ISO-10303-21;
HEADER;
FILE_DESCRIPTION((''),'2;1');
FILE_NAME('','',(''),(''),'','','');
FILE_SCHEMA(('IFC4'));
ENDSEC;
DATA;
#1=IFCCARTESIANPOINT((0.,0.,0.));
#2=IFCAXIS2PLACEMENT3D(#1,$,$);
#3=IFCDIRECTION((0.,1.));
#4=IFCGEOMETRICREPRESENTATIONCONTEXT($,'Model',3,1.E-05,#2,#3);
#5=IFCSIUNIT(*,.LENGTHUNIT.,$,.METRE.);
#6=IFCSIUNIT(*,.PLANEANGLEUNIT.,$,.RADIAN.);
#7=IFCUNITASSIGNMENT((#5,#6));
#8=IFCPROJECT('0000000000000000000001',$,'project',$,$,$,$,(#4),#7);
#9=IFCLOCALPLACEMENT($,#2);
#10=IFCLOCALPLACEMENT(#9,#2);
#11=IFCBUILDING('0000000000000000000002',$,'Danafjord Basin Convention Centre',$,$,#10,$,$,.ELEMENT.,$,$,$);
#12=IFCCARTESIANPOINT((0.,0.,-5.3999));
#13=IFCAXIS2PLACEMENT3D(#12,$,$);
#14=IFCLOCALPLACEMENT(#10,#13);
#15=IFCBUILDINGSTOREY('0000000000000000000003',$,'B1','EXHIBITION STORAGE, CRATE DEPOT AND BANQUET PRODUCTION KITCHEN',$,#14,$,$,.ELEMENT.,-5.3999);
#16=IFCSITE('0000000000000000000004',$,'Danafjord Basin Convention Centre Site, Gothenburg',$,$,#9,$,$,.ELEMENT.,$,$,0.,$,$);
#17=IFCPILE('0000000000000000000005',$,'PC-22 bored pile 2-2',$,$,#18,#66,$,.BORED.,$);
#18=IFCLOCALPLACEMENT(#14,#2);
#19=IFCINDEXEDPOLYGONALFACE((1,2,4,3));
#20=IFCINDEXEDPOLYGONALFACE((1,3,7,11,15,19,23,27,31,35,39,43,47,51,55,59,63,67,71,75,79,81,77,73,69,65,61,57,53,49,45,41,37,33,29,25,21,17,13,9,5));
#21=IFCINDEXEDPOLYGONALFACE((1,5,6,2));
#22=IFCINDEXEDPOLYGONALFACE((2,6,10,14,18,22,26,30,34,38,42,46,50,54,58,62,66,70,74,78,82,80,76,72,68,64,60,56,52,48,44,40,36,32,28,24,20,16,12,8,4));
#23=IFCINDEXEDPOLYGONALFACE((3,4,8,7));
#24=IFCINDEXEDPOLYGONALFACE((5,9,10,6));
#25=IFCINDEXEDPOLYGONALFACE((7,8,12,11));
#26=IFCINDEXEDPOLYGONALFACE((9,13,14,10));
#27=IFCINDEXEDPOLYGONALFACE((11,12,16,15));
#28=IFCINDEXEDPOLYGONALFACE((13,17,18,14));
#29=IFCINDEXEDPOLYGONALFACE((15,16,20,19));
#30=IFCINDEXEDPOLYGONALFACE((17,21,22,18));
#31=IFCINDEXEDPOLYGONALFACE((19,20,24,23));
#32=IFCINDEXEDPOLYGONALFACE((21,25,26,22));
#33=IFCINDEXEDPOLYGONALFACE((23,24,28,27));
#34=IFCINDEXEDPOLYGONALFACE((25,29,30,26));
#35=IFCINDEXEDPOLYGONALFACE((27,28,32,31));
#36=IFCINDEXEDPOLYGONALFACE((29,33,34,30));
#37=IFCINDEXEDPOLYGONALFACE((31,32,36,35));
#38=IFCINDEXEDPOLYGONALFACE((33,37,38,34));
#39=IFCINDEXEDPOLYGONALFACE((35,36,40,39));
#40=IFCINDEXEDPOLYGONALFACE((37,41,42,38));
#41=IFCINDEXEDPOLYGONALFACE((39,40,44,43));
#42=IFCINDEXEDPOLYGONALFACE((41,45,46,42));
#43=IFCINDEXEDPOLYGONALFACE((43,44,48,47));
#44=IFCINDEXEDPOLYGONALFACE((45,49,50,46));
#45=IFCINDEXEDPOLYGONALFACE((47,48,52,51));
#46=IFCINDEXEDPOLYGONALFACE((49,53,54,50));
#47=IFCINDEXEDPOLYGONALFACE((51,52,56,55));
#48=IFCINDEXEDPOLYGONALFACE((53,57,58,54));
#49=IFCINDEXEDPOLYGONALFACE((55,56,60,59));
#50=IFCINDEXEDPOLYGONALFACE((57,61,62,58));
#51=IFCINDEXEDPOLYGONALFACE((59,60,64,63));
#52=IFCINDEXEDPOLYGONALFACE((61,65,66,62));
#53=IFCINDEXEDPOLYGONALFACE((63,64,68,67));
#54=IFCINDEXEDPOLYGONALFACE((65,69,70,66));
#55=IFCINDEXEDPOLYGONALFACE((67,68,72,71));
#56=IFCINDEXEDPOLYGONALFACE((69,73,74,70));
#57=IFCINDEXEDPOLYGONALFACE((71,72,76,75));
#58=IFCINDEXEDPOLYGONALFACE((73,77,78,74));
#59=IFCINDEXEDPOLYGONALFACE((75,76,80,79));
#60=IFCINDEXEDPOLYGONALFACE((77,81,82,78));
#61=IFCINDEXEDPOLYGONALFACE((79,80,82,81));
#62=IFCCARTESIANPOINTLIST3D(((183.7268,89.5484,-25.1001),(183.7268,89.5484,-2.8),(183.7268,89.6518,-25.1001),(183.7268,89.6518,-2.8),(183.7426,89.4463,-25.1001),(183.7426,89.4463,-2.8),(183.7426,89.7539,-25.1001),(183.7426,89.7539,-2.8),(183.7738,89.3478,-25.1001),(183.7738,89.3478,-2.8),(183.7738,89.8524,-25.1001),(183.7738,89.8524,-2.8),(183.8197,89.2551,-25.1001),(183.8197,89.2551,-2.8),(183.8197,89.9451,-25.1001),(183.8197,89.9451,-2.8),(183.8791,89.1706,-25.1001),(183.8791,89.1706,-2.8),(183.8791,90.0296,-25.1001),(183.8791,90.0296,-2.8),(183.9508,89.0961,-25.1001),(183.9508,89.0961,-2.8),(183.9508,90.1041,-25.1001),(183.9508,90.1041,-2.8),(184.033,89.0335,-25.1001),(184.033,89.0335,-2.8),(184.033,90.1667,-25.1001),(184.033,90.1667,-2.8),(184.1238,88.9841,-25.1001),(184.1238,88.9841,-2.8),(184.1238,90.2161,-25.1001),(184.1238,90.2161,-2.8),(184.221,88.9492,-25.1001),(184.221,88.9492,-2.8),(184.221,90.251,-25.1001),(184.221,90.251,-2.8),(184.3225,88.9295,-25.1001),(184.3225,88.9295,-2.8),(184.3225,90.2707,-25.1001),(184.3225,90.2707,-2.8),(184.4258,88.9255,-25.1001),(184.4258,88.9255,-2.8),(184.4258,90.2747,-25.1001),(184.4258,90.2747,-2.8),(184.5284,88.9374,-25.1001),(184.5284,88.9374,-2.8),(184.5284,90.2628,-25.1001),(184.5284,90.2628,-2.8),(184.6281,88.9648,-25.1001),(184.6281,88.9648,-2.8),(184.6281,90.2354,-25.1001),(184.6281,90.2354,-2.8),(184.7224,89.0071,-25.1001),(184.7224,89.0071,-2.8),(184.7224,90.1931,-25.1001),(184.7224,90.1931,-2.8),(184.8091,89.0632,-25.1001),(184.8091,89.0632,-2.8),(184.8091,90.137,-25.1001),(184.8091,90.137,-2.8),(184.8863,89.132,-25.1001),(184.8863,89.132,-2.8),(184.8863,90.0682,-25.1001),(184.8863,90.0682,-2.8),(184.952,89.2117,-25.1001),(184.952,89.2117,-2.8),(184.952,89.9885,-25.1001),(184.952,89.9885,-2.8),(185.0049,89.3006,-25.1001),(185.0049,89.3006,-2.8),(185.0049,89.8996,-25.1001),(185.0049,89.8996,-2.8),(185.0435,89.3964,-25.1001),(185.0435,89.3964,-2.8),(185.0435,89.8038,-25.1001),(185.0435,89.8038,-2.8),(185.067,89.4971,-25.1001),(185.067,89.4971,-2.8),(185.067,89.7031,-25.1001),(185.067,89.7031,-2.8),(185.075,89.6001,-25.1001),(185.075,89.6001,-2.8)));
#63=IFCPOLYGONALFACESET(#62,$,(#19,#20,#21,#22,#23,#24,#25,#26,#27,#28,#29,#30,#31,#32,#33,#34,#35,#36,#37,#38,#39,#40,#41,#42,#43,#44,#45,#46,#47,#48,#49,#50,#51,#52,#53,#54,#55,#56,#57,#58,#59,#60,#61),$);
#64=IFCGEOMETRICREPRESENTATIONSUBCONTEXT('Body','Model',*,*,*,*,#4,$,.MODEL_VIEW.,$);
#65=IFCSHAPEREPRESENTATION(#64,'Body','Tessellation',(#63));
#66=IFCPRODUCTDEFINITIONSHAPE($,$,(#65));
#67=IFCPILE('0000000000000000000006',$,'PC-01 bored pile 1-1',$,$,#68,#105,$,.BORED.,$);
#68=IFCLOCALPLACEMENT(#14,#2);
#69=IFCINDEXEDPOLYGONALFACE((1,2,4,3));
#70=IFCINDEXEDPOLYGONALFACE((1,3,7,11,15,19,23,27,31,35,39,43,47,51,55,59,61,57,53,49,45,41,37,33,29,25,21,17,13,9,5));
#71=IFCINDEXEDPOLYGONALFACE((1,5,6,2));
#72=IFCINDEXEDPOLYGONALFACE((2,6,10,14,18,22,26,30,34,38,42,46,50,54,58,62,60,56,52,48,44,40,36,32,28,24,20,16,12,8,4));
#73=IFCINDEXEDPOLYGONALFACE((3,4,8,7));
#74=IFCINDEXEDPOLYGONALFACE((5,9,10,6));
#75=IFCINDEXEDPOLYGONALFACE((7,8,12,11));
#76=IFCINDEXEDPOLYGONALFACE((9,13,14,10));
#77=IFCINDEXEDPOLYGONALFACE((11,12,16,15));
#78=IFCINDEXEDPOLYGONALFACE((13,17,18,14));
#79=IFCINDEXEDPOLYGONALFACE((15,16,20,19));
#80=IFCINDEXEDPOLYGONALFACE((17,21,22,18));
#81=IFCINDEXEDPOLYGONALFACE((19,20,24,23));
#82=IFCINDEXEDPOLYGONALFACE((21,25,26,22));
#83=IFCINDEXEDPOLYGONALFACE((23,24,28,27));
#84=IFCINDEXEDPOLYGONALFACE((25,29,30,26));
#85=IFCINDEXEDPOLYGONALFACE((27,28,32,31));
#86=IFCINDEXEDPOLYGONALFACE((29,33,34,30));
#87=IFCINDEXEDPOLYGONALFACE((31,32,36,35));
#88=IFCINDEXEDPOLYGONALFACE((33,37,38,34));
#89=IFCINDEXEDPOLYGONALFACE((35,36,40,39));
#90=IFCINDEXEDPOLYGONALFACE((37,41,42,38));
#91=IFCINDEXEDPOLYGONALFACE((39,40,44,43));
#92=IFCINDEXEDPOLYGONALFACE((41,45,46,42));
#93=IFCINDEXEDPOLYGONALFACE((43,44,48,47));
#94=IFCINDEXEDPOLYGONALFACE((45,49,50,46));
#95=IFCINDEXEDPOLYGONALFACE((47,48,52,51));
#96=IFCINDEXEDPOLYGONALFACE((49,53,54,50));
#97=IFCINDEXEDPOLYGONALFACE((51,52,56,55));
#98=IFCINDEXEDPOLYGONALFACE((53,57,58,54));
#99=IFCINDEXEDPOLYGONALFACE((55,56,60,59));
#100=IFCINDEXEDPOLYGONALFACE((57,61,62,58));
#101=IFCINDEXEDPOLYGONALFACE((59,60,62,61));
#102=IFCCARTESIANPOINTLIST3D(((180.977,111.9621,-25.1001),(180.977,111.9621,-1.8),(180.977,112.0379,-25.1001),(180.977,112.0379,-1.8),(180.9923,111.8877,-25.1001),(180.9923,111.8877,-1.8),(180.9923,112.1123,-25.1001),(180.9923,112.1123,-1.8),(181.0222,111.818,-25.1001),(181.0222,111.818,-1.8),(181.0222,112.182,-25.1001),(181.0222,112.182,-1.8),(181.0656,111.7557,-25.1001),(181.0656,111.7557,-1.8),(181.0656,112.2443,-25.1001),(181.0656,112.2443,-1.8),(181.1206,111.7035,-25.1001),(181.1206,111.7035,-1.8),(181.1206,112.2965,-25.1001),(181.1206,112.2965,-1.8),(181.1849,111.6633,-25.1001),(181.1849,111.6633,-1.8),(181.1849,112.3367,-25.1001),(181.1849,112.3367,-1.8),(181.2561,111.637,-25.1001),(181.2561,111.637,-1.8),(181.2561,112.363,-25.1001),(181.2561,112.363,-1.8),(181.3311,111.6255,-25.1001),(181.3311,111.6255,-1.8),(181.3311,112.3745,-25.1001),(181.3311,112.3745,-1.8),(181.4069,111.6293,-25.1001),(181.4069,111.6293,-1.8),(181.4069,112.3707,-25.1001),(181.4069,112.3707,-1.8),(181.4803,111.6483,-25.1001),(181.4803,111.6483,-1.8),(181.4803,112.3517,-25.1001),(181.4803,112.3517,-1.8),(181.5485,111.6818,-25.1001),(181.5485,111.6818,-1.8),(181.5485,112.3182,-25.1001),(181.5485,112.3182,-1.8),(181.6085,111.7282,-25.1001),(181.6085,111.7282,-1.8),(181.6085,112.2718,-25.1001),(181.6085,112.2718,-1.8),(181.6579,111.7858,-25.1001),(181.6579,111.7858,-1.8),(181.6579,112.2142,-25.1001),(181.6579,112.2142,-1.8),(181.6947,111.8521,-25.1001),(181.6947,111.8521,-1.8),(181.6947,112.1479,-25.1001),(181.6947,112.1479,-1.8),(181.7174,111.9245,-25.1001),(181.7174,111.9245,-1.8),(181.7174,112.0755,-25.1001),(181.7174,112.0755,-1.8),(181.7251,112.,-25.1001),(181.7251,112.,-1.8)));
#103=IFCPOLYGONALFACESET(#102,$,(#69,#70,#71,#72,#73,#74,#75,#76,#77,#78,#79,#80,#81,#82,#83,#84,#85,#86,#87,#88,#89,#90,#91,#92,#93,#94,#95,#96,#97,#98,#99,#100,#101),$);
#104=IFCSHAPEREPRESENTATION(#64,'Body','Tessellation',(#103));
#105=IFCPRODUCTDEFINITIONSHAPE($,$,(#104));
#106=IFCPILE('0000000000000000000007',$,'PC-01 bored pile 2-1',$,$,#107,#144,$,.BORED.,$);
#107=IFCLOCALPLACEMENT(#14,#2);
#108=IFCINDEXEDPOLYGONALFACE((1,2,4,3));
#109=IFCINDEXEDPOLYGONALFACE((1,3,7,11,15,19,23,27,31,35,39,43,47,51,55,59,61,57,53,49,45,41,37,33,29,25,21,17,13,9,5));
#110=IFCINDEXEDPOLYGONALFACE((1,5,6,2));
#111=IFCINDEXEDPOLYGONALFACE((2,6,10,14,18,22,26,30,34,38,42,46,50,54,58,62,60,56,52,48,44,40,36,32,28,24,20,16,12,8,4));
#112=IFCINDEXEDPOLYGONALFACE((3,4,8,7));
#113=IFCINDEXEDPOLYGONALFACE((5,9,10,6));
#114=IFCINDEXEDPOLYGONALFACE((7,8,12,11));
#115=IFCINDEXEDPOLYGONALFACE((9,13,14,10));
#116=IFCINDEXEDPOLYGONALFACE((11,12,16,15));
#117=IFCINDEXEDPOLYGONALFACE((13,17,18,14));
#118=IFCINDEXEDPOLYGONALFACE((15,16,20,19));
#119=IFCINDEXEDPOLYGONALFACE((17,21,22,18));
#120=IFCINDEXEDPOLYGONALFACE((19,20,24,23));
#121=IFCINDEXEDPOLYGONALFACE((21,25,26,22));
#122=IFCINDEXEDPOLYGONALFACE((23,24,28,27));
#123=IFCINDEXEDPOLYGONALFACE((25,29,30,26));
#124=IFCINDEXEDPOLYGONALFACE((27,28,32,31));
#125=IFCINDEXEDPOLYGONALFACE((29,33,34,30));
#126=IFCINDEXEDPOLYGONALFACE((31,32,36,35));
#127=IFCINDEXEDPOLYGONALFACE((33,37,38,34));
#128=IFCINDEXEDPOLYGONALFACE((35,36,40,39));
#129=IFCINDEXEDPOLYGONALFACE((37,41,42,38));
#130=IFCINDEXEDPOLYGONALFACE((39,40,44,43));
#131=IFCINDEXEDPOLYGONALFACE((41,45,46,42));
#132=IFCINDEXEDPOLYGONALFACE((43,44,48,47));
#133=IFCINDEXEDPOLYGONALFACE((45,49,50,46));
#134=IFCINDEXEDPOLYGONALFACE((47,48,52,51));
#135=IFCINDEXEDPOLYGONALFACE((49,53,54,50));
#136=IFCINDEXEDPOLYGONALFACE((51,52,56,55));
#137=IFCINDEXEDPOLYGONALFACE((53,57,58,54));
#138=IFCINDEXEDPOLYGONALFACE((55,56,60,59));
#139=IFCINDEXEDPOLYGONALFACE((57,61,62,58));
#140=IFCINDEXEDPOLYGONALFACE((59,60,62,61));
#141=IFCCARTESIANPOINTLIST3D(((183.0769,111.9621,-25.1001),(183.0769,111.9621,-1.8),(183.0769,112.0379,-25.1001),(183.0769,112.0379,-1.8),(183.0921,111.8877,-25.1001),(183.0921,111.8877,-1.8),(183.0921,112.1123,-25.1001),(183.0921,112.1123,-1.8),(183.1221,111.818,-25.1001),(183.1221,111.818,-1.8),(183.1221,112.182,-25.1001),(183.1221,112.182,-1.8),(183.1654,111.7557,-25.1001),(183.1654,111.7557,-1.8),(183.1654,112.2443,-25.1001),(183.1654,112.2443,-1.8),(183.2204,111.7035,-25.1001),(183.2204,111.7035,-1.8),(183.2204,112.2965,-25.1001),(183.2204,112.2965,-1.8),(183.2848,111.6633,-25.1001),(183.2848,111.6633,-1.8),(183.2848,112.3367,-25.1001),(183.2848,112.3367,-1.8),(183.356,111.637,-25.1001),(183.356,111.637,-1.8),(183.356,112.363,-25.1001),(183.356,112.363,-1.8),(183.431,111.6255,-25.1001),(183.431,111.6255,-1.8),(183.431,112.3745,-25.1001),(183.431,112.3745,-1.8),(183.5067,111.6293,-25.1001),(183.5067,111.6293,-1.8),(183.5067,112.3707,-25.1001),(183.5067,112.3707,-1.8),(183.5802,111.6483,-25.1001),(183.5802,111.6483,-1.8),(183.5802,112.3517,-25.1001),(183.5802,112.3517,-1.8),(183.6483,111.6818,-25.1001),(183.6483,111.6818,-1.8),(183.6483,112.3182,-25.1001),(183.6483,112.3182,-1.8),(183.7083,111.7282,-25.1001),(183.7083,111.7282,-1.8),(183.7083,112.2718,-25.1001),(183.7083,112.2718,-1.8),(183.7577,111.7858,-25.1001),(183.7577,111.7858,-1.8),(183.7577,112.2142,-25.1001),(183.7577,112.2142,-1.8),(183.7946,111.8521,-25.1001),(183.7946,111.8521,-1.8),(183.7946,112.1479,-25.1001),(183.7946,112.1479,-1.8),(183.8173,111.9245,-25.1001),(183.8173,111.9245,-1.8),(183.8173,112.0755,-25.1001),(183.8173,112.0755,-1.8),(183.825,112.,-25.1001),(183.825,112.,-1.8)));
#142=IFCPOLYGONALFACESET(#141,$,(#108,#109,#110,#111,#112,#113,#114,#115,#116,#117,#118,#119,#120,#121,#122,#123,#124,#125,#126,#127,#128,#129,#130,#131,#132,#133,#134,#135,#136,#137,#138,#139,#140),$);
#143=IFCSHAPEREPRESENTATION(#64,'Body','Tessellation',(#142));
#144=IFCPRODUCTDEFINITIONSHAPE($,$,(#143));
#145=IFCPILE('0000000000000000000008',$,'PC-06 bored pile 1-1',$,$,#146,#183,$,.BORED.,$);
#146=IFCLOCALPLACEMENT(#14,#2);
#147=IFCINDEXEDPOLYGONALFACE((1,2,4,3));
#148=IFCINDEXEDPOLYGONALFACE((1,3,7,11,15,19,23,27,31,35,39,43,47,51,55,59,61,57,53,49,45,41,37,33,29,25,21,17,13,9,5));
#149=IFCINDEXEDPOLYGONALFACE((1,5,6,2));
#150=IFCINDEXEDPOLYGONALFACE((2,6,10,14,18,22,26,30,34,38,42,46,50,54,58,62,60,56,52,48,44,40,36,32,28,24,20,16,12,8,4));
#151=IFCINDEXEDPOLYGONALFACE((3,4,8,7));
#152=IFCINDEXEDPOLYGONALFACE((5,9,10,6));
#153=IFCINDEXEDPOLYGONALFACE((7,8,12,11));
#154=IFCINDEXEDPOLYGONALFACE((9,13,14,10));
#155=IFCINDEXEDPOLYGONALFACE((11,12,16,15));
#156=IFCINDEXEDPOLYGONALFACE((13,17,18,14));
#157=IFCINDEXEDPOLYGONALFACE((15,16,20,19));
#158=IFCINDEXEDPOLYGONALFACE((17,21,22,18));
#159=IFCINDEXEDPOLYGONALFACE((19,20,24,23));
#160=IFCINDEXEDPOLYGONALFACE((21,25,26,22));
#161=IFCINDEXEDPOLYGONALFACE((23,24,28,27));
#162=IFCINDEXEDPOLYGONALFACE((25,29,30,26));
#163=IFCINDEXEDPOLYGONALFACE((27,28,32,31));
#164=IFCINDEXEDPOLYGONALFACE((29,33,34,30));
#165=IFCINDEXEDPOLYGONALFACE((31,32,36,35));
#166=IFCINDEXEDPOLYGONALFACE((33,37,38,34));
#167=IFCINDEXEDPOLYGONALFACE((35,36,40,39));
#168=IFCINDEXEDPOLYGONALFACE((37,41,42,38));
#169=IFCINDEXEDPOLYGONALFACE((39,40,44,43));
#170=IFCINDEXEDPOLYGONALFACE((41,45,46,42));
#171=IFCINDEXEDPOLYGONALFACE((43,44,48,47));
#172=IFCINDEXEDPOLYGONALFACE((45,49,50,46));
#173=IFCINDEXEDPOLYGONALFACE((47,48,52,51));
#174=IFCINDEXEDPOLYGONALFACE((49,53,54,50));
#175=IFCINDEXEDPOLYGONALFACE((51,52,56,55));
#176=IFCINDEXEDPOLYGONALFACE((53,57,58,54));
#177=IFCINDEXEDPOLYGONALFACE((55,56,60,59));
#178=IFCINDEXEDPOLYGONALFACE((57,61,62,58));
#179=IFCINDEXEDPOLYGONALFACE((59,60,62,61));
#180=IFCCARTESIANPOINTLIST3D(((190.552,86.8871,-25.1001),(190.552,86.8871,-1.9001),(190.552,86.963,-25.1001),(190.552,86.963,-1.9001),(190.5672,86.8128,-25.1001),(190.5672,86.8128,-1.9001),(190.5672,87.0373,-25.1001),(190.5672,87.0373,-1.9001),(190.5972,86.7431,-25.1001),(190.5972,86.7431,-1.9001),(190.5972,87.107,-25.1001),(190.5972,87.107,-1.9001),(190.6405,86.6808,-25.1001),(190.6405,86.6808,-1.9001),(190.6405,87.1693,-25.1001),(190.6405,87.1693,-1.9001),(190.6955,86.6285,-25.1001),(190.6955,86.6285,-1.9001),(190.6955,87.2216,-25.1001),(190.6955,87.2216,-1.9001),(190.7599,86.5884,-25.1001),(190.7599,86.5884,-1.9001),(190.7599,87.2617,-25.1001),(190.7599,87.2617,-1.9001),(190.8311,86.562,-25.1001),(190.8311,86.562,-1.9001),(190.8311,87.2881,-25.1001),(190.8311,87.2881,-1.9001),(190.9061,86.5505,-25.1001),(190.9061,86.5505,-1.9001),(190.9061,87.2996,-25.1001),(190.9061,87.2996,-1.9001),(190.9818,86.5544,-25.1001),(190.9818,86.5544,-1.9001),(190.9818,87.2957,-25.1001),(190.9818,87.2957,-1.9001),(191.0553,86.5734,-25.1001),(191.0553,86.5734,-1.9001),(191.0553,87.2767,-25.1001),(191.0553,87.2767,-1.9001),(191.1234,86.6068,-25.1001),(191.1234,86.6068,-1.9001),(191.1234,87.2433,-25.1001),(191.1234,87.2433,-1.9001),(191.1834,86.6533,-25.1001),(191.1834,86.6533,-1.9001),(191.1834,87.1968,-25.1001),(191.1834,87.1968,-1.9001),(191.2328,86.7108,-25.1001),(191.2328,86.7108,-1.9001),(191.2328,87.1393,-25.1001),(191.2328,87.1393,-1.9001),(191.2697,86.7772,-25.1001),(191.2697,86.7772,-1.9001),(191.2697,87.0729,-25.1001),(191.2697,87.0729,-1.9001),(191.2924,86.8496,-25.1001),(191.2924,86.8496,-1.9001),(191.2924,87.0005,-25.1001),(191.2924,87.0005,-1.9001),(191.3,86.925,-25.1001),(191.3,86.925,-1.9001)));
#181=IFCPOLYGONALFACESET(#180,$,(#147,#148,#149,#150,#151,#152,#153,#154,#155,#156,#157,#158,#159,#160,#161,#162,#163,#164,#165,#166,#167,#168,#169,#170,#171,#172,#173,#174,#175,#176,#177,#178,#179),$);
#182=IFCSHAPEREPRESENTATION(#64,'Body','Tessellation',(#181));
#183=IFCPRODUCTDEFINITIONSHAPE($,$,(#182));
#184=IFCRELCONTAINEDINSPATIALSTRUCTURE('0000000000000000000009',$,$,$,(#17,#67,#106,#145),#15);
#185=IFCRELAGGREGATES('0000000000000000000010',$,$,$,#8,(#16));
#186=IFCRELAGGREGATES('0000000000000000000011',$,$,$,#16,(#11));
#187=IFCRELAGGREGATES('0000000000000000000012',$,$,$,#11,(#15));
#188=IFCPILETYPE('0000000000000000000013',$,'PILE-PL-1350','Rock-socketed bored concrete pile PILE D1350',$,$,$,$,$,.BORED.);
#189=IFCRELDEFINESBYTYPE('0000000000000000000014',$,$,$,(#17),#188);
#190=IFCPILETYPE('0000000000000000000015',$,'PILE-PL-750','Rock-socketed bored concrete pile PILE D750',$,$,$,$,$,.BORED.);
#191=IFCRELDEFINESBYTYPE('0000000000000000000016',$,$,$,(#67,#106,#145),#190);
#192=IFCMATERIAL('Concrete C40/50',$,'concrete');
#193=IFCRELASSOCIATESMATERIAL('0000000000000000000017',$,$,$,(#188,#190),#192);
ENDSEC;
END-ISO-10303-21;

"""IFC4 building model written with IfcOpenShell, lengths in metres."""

from ifc_helpers import new_model, si_unit, direction, frame, origin, origin_2d, place, context, subcontext, project, spatial, circle, extrude, material, material_profile, profile_set, type_object, element, save


model = new_model("IFC4")

# Units and contexts
model_context = context("Model", 3, precision=1e-05, world=origin(), true_north=direction((0.0, 1.0)))
body_context = subcontext(model_context, "Body", "Model", "MODEL_VIEW")
ifc_project = project(units=[si_unit("LENGTHUNIT", "METRE"), si_unit("PLANEANGLEUNIT", "RADIAN")], contexts=[model_context])

# Site, building, storey
site_placement = place(None, origin())
site = spatial("IfcSite", under=ifc_project, at=site_placement, Name="Danafjord Basin Convention Centre Site, Gothenburg", CompositionType="ELEMENT", RefElevation=0.0)
building_placement = place(site_placement, origin())
building = spatial("IfcBuilding", under=site, at=building_placement, Name="Danafjord Basin Convention Centre", CompositionType="ELEMENT")
storey_placement = place(building_placement, frame((0.0, 0.0, -5.3999)))
storey = spatial("IfcBuildingStorey", under=building, at=storey_placement, Name="B1", Description="EXHIBITION STORAGE, CRATE DEPOT AND BANQUET PRODUCTION KITCHEN", CompositionType="ELEMENT", Elevation=-5.3999)

# Shared definitions
ifc_material_1 = material(Name="Concrete C40/50", Category="concrete")

# Piles
ifc_material_profile_1 = material_profile(ifc_material_1, circle(Radius=0.675, at=origin_2d()), Name="PILE D1350")
ifc_profile_set_1 = profile_set([ifc_material_profile_1], Name="Concrete C40/50")
pile_type_1 = type_object("IfcPileType", Name="PILE-PL-1350", Description="Rock-socketed bored concrete pile PILE D1350", PredefinedType="BORED", material=ifc_profile_set_1)
for number, where, z_axis, x_axis, name in (
    (1, (184.3999, 89.6001, -2.8), (0.0, 0.0, -1.0), (1.0, 0.0, 0.0), "PC-22 bored pile 2-2"),
):
    element("IfcPile", number, at=place(storey_placement, frame(where, z_axis=z_axis, x_axis=x_axis)), inside=storey, type_object=pile_type_1, Name=name, PredefinedType="BORED", context=body_context, shape_type="SweptSolid", body=[
        extrude(circle(Radius=0.675, at=origin_2d()), origin(), (0.0, 0.0, 1.0), 22.3),
    ])
ifc_material_profile_2 = material_profile(ifc_material_1, circle(Radius=0.375, at=origin_2d()), Name="PILE D750")
ifc_profile_set_2 = profile_set([ifc_material_profile_2], Name="Concrete C40/50")
pile_type_2 = type_object("IfcPileType", Name="PILE-PL-750", Description="Rock-socketed bored concrete pile PILE D750", PredefinedType="BORED", material=ifc_profile_set_2)
for number, where, z_axis, x_axis, name in (
    (2, (181.3501, 112.0, -1.8), (0.0, 0.0, -1.0), (1.0, 0.0, 0.0), "PC-01 bored pile 1-1"),
    (3, (183.45, 112.0, -1.8), (0.0, 0.0, -1.0), (1.0, 0.0, 0.0), "PC-01 bored pile 2-1"),
):
    element("IfcPile", number, at=place(storey_placement, frame(where, z_axis=z_axis, x_axis=x_axis)), inside=storey, type_object=pile_type_2, Name=name, PredefinedType="BORED", context=body_context, shape_type="SweptSolid", body=[
        extrude(circle(Radius=0.375, at=origin_2d()), origin(), (0.0, 0.0, 1.0), 23.3),
    ])
pile_placement = place(storey_placement, frame((190.925, 86.925, -1.9001), z_axis=(0.0, 0.0, -1.0), x_axis=(1.0, 0.0, 0.0)))
element("IfcPile", 4, at=pile_placement, inside=storey, type_object=pile_type_2, Name="PC-06 bored pile 1-1", PredefinedType="BORED", context=body_context, shape_type="SweptSolid", body=[
    extrude(circle(Radius=0.375, at=origin_2d()), origin(), (0.0, 0.0, 1.0), 23.2),
])

save(model, "model.ifc")
